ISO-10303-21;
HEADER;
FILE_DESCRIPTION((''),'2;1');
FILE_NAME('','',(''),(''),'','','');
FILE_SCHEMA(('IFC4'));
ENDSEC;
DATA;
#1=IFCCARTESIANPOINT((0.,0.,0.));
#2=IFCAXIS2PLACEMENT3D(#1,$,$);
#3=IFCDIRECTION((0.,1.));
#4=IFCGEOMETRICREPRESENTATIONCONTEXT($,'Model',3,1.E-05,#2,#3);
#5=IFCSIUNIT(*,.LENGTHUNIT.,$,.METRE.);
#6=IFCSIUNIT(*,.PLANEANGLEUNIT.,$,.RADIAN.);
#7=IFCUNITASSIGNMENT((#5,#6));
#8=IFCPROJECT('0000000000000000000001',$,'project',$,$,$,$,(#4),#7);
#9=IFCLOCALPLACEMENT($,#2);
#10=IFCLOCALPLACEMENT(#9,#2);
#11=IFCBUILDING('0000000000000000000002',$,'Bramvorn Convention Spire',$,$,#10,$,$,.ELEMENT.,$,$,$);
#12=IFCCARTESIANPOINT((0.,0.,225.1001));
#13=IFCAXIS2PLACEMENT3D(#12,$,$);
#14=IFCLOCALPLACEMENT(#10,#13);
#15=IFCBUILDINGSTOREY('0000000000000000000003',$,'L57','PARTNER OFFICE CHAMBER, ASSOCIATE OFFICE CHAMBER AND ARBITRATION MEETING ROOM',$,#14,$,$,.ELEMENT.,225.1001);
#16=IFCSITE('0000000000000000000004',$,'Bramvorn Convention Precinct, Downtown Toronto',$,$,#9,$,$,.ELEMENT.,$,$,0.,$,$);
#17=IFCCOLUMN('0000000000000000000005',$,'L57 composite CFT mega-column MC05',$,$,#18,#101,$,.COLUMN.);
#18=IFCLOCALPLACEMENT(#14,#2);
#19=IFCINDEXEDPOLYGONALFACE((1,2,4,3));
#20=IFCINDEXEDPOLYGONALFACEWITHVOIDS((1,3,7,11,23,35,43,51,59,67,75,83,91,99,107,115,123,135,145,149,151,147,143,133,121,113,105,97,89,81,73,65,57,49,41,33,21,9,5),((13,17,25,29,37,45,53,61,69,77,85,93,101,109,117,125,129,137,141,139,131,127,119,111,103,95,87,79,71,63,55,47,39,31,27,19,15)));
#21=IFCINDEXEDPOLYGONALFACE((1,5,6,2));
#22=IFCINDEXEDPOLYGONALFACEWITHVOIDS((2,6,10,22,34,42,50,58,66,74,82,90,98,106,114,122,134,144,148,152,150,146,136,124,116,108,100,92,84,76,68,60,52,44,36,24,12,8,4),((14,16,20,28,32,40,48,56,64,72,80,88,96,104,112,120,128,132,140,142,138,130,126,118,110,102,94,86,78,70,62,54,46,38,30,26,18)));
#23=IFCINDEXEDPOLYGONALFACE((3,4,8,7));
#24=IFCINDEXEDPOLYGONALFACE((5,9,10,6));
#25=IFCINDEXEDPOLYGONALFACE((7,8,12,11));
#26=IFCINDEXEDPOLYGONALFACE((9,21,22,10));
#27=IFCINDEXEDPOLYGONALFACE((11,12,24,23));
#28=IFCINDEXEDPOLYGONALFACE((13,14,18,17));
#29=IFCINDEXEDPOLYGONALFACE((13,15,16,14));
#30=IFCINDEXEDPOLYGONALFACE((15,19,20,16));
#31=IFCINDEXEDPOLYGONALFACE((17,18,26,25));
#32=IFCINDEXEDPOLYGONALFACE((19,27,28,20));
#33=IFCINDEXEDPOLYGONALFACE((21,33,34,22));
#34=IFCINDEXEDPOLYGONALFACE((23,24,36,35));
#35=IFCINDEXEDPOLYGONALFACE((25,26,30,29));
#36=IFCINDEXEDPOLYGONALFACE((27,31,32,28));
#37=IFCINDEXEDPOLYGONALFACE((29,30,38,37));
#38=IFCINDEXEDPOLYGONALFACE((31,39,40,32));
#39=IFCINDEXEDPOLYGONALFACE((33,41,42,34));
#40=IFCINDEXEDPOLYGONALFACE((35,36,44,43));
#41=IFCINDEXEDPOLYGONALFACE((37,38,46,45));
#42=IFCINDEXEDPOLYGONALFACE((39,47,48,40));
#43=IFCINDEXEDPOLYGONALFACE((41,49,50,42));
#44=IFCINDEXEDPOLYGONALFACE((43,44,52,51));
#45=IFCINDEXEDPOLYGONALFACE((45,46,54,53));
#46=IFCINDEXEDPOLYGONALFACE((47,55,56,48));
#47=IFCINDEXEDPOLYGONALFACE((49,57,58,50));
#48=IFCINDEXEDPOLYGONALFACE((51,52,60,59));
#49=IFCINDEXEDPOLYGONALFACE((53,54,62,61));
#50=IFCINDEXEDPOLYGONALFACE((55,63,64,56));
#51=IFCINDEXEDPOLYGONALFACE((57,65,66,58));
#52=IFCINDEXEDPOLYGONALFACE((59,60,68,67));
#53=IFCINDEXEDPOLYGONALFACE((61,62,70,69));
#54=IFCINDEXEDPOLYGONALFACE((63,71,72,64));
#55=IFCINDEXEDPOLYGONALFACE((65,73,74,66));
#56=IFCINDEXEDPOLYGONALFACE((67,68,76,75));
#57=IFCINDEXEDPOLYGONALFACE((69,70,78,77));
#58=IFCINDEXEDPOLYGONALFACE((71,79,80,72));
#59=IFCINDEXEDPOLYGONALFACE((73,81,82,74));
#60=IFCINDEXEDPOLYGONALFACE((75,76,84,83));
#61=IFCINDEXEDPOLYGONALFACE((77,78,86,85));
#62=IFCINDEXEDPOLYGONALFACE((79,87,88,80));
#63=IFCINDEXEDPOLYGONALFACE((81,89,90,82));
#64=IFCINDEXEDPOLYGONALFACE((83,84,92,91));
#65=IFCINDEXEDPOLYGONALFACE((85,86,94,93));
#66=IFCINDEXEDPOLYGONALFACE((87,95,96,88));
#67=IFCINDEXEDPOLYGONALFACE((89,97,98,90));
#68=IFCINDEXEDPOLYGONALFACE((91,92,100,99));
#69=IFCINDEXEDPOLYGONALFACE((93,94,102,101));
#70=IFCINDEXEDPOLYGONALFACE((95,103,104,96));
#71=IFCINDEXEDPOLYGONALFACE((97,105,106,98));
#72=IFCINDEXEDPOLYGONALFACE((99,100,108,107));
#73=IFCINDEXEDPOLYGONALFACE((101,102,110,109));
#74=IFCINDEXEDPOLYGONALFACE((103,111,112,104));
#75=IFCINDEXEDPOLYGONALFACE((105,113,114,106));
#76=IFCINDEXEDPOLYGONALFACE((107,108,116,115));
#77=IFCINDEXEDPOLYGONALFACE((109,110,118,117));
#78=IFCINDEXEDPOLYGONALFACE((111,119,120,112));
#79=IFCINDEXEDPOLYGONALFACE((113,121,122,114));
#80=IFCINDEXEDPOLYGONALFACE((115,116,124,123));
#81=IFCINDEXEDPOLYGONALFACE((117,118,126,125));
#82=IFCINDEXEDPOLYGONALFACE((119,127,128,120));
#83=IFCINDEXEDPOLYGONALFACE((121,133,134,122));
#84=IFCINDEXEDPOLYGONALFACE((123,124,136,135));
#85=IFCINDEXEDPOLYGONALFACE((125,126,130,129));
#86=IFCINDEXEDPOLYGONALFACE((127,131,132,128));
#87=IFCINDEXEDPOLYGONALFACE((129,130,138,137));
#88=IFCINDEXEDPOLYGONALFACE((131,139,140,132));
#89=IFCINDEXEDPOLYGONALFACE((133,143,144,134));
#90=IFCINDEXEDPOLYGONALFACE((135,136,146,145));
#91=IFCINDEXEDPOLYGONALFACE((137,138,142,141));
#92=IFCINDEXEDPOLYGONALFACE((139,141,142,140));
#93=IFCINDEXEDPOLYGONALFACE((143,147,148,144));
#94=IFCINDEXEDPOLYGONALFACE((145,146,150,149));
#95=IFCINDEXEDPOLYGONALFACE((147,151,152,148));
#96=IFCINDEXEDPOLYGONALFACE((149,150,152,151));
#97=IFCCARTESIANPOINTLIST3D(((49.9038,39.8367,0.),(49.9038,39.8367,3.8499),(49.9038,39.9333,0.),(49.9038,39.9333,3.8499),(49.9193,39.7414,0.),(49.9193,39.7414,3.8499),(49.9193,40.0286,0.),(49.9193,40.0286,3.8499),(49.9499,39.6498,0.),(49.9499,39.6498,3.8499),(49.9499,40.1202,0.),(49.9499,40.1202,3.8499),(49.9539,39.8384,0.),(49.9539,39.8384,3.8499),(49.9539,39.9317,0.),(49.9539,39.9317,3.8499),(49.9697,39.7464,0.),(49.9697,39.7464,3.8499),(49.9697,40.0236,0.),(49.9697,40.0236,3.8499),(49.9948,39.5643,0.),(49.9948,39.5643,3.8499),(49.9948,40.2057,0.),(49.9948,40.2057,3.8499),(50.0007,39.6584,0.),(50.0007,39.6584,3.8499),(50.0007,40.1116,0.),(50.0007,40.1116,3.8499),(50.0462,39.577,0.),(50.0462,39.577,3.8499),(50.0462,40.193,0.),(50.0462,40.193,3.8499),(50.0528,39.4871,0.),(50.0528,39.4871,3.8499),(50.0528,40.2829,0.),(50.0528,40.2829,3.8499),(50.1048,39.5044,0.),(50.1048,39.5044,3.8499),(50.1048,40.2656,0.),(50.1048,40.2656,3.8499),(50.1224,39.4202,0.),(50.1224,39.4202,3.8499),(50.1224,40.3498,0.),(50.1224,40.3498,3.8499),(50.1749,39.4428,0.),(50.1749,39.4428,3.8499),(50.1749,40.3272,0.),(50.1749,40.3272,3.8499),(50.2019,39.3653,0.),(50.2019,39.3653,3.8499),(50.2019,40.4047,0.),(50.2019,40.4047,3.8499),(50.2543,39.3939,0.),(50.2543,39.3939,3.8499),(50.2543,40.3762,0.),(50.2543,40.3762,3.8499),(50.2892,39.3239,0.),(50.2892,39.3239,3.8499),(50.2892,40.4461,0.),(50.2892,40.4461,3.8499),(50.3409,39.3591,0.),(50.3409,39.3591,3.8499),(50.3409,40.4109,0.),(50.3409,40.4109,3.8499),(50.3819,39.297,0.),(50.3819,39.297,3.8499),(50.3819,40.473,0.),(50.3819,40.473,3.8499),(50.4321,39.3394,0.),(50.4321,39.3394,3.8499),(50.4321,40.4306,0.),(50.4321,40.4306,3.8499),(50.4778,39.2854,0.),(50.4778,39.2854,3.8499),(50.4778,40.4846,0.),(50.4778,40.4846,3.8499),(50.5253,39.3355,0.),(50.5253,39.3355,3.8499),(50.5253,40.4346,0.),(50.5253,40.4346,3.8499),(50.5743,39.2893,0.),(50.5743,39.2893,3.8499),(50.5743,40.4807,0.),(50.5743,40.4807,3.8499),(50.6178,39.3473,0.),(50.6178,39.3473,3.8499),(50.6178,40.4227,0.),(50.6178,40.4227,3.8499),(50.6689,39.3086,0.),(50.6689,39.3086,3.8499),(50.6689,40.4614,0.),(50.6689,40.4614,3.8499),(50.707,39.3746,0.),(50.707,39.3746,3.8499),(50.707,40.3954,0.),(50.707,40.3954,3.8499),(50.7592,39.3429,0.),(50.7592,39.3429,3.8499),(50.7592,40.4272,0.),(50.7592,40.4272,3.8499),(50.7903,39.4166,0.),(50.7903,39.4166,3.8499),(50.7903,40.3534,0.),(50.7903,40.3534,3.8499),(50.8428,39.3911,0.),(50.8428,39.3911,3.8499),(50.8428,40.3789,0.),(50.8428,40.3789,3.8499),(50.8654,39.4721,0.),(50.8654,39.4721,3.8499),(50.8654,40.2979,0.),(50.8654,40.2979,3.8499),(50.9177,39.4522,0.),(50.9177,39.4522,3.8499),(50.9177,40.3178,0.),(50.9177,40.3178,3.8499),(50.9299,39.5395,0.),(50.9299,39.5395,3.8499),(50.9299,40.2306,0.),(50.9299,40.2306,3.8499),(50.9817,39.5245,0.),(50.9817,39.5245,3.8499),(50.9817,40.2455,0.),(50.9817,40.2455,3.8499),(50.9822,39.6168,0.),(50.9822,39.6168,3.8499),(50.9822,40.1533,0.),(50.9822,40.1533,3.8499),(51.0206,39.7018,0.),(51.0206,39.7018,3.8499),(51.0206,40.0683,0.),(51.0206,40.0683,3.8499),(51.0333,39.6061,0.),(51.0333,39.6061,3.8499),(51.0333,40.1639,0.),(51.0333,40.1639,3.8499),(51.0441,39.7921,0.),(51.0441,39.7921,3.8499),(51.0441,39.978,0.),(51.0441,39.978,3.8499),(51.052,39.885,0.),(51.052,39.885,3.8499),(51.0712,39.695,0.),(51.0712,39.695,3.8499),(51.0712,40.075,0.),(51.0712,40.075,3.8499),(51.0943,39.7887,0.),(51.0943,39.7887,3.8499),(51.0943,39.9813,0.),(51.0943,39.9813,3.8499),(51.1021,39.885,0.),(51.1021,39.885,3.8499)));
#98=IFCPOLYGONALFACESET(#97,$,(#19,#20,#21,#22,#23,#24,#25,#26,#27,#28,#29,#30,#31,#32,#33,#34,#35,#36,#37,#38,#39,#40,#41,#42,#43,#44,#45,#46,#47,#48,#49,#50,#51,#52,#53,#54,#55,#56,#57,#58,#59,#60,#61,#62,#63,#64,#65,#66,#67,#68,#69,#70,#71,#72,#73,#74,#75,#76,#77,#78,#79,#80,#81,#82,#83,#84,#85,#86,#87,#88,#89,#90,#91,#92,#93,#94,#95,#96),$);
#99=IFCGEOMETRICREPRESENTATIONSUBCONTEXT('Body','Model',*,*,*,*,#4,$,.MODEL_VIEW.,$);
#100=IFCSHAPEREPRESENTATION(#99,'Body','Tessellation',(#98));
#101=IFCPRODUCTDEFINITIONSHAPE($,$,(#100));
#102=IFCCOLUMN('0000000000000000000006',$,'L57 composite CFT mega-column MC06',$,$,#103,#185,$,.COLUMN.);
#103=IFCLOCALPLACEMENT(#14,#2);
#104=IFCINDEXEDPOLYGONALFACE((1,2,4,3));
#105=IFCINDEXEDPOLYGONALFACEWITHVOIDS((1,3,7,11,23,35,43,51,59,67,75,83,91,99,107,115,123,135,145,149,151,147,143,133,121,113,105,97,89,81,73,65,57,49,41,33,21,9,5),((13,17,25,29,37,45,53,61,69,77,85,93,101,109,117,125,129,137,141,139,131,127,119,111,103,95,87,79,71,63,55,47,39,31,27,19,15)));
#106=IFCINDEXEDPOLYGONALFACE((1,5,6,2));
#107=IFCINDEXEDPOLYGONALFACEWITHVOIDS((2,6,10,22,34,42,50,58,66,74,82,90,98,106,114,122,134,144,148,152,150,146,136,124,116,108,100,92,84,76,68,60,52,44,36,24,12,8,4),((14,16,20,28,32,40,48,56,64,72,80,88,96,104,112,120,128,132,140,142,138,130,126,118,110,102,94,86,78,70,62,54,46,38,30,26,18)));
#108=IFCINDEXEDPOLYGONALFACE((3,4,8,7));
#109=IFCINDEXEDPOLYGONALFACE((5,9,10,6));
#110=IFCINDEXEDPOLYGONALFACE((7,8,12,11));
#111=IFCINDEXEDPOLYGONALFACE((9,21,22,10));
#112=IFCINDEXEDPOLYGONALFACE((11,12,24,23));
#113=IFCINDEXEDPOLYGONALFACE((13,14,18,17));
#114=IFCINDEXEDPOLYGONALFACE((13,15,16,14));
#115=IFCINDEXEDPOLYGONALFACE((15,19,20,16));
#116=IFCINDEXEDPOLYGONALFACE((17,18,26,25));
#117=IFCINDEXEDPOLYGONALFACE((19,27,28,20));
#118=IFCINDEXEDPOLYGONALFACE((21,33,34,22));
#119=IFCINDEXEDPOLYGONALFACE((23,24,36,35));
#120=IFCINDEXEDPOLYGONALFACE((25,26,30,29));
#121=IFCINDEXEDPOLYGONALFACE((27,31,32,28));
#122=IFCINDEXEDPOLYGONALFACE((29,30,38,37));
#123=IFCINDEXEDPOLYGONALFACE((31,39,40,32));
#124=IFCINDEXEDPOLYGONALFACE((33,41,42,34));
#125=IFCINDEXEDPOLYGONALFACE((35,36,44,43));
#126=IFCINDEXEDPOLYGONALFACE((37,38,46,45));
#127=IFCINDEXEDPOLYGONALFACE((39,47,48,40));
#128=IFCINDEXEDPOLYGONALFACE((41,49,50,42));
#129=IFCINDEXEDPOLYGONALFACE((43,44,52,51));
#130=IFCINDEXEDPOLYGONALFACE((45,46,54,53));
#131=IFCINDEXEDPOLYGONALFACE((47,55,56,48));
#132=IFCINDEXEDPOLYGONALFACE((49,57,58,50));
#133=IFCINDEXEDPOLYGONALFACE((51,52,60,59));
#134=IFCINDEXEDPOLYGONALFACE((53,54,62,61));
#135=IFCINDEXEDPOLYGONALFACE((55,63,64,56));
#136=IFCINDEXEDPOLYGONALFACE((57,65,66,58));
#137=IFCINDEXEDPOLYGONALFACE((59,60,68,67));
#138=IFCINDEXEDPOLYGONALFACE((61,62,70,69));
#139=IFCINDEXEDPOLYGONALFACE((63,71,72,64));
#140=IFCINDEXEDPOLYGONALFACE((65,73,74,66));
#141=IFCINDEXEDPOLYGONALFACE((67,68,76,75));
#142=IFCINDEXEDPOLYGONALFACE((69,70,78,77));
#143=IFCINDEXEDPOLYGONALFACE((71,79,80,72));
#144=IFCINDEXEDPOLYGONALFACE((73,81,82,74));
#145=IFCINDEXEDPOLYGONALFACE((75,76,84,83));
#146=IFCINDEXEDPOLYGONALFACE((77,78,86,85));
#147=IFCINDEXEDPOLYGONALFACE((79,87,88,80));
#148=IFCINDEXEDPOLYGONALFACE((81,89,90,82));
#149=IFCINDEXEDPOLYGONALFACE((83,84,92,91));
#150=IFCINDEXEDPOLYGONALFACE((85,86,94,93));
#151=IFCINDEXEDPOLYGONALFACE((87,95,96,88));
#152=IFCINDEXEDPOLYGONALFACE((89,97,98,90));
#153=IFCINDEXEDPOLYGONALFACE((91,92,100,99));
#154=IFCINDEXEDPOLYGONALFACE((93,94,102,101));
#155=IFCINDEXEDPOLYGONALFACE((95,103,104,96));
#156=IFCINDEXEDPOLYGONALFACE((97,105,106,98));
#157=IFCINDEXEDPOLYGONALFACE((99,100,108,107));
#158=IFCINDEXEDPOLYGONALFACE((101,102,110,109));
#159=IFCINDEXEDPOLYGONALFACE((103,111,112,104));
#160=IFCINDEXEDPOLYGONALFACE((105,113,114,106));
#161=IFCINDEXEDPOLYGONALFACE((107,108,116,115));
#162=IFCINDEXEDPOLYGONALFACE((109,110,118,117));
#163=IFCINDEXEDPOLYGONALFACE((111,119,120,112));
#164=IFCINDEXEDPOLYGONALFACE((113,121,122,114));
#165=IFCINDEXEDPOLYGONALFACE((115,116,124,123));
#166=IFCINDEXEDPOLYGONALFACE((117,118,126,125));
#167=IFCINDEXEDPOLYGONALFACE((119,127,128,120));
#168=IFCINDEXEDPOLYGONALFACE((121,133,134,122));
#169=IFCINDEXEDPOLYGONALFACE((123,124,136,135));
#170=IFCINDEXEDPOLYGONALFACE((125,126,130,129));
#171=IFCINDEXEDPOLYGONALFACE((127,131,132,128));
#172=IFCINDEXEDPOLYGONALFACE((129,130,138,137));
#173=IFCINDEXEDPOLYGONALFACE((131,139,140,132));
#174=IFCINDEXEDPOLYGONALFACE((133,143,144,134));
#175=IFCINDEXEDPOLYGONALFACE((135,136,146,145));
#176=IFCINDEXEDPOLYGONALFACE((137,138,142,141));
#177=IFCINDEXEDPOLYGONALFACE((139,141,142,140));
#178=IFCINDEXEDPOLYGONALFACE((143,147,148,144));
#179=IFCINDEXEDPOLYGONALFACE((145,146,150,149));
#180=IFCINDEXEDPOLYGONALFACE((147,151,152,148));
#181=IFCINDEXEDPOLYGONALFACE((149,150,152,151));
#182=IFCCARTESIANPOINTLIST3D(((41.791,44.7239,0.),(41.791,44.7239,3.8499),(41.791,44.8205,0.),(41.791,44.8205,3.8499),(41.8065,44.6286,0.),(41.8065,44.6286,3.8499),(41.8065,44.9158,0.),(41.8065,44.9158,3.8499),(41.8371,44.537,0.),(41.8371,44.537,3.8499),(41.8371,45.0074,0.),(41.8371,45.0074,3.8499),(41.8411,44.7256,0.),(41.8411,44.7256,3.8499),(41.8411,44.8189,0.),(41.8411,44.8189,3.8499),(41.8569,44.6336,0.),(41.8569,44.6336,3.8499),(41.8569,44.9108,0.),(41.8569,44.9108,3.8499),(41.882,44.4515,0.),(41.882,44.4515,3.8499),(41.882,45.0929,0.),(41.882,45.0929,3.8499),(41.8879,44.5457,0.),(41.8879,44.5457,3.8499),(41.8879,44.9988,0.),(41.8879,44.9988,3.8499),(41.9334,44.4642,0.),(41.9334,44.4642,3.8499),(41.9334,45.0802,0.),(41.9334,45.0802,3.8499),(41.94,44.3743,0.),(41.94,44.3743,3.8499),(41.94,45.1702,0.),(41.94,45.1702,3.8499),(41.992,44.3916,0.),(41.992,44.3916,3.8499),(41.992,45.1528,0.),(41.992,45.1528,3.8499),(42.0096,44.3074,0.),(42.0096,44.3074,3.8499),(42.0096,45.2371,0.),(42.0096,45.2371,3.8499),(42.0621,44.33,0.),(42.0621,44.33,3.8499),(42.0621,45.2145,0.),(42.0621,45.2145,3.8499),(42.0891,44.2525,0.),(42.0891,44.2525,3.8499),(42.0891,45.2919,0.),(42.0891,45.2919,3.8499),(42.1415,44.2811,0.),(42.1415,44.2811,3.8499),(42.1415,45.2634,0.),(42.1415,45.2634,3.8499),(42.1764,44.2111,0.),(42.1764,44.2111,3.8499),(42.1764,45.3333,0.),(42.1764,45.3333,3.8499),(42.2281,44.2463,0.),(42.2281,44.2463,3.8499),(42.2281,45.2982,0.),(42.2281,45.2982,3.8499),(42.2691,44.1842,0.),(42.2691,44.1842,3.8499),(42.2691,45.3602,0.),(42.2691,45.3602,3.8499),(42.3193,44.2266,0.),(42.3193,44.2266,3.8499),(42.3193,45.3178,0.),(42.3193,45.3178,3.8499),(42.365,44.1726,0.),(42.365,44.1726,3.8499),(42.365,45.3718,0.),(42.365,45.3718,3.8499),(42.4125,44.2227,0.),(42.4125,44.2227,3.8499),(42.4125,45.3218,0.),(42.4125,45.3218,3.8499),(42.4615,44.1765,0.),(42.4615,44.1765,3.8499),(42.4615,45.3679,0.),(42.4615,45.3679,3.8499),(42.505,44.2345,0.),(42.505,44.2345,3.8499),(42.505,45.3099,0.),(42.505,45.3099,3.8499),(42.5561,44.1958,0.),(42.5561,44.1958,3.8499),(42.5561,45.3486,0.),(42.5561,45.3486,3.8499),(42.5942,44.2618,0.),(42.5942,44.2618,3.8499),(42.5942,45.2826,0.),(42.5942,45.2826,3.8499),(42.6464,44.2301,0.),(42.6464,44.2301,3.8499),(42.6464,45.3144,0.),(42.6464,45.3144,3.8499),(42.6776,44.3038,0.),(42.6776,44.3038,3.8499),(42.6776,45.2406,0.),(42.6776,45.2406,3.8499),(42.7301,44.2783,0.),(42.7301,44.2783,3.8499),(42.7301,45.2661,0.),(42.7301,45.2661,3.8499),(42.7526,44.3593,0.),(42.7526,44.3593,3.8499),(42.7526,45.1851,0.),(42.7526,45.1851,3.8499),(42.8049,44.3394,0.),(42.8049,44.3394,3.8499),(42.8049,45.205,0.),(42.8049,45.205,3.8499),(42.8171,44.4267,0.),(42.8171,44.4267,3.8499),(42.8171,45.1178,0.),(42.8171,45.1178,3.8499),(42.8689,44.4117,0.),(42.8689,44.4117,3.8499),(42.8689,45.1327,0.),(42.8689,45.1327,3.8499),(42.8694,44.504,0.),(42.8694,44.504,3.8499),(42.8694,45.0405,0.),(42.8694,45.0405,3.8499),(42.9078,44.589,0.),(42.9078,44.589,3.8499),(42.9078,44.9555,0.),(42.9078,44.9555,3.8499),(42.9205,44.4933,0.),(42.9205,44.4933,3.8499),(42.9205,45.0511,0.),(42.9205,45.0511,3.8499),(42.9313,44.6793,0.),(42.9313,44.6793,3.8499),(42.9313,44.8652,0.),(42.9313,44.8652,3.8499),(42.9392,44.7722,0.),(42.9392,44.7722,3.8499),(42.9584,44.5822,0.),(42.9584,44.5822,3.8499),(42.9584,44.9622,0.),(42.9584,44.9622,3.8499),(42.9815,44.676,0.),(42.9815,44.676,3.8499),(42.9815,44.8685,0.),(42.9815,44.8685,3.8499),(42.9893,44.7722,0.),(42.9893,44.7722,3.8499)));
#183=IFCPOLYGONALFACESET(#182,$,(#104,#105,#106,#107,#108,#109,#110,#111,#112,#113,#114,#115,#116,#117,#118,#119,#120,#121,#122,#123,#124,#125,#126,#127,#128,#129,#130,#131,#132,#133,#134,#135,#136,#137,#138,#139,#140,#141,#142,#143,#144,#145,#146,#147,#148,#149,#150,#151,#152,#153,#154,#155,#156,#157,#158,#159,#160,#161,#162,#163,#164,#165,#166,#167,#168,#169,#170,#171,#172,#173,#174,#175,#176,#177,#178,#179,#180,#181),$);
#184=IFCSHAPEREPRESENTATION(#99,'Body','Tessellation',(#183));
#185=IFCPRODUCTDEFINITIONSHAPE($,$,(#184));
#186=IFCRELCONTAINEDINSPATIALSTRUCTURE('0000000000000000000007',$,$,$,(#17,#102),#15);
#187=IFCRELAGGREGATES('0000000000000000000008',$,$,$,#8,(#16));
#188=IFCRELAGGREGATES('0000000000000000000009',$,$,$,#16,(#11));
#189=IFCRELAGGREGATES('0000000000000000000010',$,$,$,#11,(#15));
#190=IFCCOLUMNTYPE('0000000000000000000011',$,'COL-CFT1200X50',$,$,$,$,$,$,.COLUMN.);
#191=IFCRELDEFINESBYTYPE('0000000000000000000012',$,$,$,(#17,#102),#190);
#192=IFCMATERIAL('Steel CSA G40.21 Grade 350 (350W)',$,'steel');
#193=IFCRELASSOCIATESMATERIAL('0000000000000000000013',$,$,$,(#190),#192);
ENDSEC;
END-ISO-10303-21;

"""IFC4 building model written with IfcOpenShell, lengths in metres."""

from ifc_helpers import new_model, si_unit, direction, frame, origin, origin_2d, place, context, subcontext, project, spatial, hollow_circle, extrude, material, material_profile, profile_set, type_object, element, save


model = new_model("IFC4")

# Units and contexts
model_context = context("Model", 3, precision=1e-05, world=origin(), true_north=direction((0.0, 1.0)))
body_context = subcontext(model_context, "Body", "Model", "MODEL_VIEW")
ifc_project = project(units=[si_unit("LENGTHUNIT", "METRE"), si_unit("PLANEANGLEUNIT", "RADIAN")], contexts=[model_context])

# Site, building, storey
site_placement = place(None, origin())
site = spatial("IfcSite", under=ifc_project, at=site_placement, Name="Bramvorn Convention Precinct, Downtown Toronto", CompositionType="ELEMENT", RefElevation=0.0)
building_placement = place(site_placement, origin())
building = spatial("IfcBuilding", under=site, at=building_placement, Name="Bramvorn Convention Spire", CompositionType="ELEMENT")
storey_placement = place(building_placement, frame((0.0, 0.0, 225.1001)))
storey = spatial("IfcBuildingStorey", under=building, at=storey_placement, Name="L57", Description="PARTNER OFFICE CHAMBER, ASSOCIATE OFFICE CHAMBER AND ARBITRATION MEETING ROOM", CompositionType="ELEMENT", Elevation=225.1001)

# Columns
ifc_material_1 = material(Name="Steel CSA G40.21 Grade 350 (350W)", Category="steel")
ifc_material_profile_1 = material_profile(ifc_material_1, hollow_circle(Radius=0.6001, WallThickness=0.05, at=origin_2d()))
ifc_profile_set_1 = profile_set([ifc_material_profile_1], Name="Steel CSA G40.21 Grade 350 (350W) - CFT1200X50")
column_type = type_object("IfcColumnType", Name="COL-CFT1200X50", PredefinedType="COLUMN", material=ifc_profile_set_1)
for number, where, z_axis, x_axis, name in (
    (1, (50.502, 39.885, 0.0), (0.0, 0.0, 1.0), (1.0, 0.0, 0.0), "L57 composite CFT mega-column MC05"),
    (2, (42.3892, 44.7722, 0.0), (0.0, 0.0, 1.0), (1.0, 0.0, 0.0), "L57 composite CFT mega-column MC06"),
):
    element("IfcColumn", number, at=place(storey_placement, frame(where, z_axis=z_axis, x_axis=x_axis)), inside=storey, type_object=column_type, Name=name, PredefinedType="COLUMN", context=body_context, shape_type="SweptSolid", body=[
        extrude(hollow_circle(Radius=0.6001, WallThickness=0.05, at=origin_2d()), origin(), (0.0, 0.0, 1.0), 3.8499),
    ])

save(model, "model.ifc")
